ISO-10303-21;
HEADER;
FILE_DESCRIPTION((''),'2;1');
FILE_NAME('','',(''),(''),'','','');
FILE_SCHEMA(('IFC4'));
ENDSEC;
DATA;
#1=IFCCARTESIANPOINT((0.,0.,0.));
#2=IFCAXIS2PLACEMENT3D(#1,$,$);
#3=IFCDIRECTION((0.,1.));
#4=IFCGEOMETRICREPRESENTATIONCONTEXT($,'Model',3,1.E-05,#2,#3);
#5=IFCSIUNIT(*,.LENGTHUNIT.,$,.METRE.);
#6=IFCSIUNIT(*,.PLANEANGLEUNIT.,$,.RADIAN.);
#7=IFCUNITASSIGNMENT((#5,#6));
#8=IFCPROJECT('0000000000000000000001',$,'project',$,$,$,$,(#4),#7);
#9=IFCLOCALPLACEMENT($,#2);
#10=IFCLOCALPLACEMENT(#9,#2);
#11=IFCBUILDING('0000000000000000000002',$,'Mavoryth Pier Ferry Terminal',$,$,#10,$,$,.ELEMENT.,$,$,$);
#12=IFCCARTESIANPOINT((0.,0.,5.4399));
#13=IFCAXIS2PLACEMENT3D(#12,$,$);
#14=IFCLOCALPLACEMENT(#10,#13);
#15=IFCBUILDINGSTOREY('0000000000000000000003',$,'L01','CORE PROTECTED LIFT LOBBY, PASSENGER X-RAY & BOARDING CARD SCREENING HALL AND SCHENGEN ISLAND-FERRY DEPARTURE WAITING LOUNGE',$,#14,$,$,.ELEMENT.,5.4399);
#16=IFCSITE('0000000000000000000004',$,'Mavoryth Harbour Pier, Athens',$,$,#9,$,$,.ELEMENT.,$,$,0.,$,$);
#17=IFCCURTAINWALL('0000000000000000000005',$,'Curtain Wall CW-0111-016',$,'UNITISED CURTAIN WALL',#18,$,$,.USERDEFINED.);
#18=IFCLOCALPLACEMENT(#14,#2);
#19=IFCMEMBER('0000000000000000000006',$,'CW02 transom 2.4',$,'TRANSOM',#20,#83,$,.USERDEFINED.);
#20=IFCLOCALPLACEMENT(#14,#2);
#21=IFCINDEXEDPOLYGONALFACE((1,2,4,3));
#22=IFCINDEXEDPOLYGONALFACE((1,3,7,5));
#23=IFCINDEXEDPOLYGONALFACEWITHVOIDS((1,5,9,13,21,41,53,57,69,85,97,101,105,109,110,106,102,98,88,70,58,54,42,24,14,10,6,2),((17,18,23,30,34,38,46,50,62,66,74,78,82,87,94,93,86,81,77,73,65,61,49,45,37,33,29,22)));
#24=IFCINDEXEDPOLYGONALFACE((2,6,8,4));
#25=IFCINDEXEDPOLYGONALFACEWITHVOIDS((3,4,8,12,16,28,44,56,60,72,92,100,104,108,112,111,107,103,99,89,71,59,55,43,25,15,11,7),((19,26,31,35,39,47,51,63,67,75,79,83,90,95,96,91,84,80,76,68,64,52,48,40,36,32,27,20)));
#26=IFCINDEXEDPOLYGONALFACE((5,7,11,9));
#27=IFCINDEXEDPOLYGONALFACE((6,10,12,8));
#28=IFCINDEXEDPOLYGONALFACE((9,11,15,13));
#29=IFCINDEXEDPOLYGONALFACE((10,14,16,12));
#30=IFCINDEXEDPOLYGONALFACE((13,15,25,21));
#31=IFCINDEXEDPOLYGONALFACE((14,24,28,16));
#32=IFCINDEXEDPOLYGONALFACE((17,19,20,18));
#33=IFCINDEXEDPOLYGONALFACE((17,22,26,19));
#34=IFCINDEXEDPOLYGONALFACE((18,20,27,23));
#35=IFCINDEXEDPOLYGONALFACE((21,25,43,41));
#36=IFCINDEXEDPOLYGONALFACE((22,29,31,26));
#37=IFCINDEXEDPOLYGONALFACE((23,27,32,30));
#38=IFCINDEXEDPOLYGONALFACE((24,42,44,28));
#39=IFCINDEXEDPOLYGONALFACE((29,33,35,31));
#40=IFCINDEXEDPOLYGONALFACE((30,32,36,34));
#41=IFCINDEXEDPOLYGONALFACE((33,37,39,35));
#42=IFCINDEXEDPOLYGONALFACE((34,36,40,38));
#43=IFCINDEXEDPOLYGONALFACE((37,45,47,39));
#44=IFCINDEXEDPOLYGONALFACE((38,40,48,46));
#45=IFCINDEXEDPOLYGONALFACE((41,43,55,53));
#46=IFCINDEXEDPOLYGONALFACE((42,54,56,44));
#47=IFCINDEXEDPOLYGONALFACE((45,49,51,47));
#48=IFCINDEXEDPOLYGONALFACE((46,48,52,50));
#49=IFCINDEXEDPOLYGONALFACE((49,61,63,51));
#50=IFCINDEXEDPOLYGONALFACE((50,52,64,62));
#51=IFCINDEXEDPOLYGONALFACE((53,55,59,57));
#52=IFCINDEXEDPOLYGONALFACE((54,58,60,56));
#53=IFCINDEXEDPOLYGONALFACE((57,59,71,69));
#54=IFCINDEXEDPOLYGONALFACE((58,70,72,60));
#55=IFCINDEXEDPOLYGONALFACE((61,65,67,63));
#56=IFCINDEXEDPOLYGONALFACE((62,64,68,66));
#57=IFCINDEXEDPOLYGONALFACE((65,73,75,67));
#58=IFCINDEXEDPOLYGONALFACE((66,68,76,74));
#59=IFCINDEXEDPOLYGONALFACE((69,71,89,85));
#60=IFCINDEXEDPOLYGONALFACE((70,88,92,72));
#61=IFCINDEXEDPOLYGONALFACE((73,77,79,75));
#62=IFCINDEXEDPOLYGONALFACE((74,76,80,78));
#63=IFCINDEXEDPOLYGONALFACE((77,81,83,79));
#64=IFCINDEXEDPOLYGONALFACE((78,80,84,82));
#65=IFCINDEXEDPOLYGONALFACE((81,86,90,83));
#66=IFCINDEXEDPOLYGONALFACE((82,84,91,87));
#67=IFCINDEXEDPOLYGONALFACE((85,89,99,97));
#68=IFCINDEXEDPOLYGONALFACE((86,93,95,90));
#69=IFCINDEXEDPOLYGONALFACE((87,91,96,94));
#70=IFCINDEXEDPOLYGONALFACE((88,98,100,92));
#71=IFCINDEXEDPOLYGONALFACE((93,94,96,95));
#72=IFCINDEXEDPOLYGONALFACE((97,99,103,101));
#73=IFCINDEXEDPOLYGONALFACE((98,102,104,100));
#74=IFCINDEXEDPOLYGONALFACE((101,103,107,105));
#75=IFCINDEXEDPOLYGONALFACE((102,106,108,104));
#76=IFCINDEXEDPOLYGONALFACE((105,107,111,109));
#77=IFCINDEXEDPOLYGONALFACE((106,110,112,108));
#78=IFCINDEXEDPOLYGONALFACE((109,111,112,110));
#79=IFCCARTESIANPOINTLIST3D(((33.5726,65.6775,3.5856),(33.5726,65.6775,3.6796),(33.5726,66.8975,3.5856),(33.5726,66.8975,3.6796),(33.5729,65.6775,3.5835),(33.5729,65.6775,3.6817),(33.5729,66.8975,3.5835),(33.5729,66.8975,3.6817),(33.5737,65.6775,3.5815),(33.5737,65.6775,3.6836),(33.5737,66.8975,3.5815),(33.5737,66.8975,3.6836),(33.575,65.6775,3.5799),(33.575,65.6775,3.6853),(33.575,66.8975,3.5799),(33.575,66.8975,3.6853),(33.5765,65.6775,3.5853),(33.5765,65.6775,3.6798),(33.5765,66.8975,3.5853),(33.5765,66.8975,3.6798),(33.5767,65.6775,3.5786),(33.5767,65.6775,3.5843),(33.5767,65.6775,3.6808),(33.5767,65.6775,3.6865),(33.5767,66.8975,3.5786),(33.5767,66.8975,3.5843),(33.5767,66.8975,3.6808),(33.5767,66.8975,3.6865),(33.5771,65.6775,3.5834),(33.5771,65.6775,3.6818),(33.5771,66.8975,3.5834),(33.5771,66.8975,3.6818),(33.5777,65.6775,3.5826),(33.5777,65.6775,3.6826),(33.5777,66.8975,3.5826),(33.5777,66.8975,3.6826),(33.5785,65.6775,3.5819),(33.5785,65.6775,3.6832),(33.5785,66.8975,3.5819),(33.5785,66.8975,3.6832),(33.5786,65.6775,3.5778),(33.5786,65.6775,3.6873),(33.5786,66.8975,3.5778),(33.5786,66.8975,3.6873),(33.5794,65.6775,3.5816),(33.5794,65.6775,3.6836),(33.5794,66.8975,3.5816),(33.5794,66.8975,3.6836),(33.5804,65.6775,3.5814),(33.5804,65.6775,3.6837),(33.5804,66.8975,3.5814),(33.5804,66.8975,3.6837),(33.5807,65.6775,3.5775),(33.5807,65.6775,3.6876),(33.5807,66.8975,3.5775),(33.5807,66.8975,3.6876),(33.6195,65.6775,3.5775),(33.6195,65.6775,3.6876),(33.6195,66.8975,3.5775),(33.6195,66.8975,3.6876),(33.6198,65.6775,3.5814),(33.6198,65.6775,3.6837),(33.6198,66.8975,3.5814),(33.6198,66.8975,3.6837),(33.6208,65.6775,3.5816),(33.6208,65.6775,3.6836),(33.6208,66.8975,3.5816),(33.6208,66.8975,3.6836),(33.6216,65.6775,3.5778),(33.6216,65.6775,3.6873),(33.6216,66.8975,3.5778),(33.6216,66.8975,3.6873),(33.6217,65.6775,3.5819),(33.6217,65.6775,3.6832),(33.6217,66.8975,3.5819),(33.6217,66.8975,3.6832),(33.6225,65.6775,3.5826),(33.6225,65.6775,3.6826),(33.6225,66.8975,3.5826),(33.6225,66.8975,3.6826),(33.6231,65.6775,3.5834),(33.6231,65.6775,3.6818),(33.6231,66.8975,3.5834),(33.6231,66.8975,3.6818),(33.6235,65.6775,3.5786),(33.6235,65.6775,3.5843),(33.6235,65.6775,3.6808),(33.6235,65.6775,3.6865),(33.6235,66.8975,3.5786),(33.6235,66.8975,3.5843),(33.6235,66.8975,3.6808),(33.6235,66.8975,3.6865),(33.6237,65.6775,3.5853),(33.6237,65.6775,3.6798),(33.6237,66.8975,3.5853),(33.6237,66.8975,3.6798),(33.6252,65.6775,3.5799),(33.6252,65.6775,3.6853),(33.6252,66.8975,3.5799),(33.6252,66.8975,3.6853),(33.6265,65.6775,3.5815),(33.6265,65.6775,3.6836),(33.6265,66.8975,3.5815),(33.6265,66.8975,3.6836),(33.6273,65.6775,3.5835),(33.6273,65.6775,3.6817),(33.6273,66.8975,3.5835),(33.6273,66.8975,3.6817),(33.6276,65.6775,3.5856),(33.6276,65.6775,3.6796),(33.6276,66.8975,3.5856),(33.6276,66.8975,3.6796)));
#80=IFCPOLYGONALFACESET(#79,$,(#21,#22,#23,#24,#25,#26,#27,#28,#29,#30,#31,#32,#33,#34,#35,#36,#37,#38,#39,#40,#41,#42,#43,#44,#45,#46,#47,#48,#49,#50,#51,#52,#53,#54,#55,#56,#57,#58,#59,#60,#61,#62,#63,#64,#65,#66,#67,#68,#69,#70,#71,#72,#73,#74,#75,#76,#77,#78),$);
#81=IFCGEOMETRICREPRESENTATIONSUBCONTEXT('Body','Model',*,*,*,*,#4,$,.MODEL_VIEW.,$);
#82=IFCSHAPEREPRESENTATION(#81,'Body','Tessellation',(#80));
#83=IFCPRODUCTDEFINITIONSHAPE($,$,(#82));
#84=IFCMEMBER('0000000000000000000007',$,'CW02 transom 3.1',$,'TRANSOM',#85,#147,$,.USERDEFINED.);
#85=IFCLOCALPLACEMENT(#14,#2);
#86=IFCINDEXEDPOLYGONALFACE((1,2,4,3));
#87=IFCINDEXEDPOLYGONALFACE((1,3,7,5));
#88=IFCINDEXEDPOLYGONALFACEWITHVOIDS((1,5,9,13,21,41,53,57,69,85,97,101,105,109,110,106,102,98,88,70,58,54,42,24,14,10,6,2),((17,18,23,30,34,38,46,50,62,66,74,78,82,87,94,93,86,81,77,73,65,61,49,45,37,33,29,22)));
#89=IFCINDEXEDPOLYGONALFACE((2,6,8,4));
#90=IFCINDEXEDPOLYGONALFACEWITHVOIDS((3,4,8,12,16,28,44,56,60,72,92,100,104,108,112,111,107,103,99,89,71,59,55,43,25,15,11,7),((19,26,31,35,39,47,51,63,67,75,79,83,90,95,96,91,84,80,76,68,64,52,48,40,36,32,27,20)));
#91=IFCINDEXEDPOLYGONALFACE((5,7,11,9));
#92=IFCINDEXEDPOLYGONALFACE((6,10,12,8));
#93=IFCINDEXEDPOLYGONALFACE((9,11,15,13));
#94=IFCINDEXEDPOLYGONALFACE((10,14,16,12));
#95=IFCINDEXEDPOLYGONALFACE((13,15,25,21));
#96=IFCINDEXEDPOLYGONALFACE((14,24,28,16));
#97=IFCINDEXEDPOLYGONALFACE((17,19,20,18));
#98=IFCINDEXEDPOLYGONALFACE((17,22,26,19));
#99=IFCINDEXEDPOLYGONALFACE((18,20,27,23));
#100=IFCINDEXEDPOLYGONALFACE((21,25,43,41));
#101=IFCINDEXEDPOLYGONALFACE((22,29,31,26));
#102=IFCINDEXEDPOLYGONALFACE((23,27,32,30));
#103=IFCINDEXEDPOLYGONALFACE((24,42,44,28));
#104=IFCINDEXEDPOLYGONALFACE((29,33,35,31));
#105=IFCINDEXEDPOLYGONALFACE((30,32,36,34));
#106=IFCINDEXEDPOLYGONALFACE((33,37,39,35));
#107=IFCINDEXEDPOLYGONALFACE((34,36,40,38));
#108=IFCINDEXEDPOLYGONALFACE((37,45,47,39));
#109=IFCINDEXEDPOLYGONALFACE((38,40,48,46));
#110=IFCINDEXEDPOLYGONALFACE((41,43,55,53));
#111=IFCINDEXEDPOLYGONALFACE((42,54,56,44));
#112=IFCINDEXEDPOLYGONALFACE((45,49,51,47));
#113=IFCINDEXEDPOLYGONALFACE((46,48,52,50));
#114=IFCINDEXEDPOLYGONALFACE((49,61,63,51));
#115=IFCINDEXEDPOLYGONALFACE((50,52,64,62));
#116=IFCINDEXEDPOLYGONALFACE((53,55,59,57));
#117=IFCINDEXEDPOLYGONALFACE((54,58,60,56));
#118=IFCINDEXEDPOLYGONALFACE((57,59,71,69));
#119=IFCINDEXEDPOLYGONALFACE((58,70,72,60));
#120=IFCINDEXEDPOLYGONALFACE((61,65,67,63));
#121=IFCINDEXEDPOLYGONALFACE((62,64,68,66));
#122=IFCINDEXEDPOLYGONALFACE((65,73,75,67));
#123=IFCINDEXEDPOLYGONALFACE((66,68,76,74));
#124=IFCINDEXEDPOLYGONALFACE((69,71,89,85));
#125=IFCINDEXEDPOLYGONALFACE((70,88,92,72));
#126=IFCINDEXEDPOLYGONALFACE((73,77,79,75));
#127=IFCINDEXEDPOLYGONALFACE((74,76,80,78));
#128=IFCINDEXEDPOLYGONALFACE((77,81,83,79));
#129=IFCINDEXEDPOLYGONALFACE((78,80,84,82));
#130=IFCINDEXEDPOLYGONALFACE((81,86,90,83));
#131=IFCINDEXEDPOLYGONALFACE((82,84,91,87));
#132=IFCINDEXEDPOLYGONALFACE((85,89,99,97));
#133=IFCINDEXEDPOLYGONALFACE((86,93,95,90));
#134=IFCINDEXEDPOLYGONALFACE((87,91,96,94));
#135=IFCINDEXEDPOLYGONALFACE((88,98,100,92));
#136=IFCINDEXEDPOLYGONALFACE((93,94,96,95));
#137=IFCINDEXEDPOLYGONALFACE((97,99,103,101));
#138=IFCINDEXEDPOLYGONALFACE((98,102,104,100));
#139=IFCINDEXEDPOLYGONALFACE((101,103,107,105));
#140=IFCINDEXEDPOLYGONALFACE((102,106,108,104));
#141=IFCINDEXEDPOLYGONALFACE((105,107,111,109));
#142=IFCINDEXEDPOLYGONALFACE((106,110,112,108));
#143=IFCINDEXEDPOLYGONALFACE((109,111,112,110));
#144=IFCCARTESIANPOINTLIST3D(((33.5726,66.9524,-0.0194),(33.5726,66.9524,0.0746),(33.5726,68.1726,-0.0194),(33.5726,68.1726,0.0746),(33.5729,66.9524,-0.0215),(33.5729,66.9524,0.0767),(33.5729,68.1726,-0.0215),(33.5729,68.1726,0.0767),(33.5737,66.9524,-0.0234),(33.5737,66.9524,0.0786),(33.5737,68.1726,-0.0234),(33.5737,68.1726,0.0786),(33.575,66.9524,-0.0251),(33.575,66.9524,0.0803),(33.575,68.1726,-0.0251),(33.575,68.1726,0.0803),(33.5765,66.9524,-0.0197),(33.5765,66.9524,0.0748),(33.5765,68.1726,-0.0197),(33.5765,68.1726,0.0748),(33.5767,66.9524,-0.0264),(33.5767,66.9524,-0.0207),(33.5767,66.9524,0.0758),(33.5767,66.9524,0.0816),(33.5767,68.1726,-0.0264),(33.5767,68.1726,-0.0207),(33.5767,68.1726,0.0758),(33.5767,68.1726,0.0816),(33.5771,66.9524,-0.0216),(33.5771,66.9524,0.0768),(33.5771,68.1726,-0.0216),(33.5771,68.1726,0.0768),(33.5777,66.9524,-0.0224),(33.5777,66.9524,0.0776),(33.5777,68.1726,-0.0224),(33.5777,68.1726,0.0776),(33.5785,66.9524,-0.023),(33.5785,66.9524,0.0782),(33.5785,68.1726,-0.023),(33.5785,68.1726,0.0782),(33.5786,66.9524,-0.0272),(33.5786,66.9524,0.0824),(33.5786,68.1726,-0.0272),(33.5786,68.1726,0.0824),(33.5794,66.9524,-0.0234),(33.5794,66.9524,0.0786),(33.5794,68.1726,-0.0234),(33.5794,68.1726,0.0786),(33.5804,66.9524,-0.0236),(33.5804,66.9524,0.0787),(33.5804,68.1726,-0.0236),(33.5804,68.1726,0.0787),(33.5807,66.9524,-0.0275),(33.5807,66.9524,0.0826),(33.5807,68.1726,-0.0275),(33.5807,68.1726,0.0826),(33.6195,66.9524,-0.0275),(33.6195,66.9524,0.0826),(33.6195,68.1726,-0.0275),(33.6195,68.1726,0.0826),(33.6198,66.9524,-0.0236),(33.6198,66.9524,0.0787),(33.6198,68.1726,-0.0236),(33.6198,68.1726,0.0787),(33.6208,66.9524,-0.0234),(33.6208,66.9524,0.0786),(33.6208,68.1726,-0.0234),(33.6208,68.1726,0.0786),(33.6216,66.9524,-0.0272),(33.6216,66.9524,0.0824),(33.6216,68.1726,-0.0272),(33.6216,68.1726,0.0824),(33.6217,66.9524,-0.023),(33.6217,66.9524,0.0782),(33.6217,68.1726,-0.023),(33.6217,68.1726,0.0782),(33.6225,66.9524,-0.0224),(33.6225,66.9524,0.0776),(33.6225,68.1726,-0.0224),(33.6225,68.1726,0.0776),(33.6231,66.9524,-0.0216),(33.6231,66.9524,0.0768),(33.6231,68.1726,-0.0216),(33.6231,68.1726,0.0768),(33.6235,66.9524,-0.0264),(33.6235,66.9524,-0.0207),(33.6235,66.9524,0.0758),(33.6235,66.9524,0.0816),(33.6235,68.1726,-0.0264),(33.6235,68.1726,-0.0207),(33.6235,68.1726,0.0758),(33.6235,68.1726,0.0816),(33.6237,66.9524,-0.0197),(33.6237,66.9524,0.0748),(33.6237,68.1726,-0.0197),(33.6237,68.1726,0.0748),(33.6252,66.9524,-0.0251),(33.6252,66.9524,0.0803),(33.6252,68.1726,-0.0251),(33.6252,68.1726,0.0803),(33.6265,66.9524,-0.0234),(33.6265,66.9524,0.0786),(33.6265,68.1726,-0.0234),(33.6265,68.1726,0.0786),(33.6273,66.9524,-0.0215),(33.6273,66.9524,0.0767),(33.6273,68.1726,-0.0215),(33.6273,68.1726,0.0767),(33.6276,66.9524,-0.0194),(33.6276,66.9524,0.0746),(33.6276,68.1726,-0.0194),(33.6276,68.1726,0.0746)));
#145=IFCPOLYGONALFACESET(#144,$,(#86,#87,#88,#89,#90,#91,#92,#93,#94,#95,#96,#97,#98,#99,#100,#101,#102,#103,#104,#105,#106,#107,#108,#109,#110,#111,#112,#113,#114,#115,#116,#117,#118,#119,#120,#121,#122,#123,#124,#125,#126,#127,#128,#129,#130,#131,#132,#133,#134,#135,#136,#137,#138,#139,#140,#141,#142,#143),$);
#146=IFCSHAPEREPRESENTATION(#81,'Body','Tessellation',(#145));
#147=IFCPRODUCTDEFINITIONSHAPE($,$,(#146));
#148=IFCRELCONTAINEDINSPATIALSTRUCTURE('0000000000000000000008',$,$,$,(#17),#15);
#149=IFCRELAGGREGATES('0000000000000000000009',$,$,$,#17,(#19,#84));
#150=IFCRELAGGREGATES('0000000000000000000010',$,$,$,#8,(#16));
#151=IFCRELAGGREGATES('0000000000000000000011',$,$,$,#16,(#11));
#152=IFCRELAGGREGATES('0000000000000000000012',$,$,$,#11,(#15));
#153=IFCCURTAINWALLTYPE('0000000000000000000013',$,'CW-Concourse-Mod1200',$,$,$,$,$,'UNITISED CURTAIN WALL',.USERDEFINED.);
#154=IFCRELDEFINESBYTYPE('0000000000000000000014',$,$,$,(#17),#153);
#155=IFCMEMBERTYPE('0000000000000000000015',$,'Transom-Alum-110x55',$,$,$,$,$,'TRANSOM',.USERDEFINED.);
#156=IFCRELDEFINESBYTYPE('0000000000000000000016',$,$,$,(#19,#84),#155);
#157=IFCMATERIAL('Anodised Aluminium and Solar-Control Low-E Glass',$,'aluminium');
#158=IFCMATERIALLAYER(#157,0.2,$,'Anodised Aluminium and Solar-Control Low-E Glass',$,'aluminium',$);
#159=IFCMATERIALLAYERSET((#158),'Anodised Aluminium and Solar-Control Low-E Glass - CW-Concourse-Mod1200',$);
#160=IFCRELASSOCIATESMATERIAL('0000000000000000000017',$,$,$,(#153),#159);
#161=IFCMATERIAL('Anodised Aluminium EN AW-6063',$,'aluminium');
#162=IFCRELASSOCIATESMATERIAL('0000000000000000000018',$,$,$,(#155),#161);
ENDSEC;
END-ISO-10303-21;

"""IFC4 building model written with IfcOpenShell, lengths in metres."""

from ifc_helpers import new_model, si_unit, direction, frame, origin, origin_2d, place, context, subcontext, project, spatial, hollow_rectangle, extrude, material, layer, layer_set, material_profile, profile_set, type_object, element, aggregate, save


model = new_model("IFC4")

# Units and contexts
model_context = context("Model", 3, precision=1e-05, world=origin(), true_north=direction((0.0, 1.0)))
body_context = subcontext(model_context, "Body", "Model", "MODEL_VIEW")
ifc_project = project(units=[si_unit("LENGTHUNIT", "METRE"), si_unit("PLANEANGLEUNIT", "RADIAN")], contexts=[model_context])

# Site, building, storey
site_placement = place(None, origin())
site = spatial("IfcSite", under=ifc_project, at=site_placement, Name="Mavoryth Harbour Pier, Athens", CompositionType="ELEMENT", RefElevation=0.0)
building_placement = place(site_placement, origin())
building = spatial("IfcBuilding", under=site, at=building_placement, Name="Mavoryth Pier Ferry Terminal", CompositionType="ELEMENT")
storey_placement = place(building_placement, frame((0.0, 0.0, 5.4399)))
storey = spatial("IfcBuildingStorey", under=building, at=storey_placement, Name="L01", Description="CORE PROTECTED LIFT LOBBY, PASSENGER X-RAY & BOARDING CARD SCREENING HALL AND SCHENGEN ISLAND-FERRY DEPARTURE WAITING LOUNGE", CompositionType="ELEMENT", Elevation=5.4399)

# Curtain wall
ifc_material_1 = material(Name="Anodised Aluminium and Solar-Control Low-E Glass", Category="aluminium")
ifc_layer_1 = layer(ifc_material_1, 0.2, Name="Anodised Aluminium and Solar-Control Low-E Glass", Category="aluminium")
ifc_layer_set_1 = layer_set([ifc_layer_1], Name="Anodised Aluminium and Solar-Control Low-E Glass - CW-Concourse-Mod1200")
curtain_wall_type = type_object("IfcCurtainWallType", Name="CW-Concourse-Mod1200", ElementType="UNITISED CURTAIN WALL", PredefinedType="USERDEFINED", material=ifc_layer_set_1)
ifc_material_2 = material(Name="Anodised Aluminium EN AW-6063", Category="aluminium")
curtain_wall_1_placement = place(storey_placement, origin())
curtain_wall_1 = element("IfcCurtainWall", 1, at=curtain_wall_1_placement, inside=storey, type_object=curtain_wall_type, Name="Curtain Wall CW-0111-016", ObjectType="UNITISED CURTAIN WALL", PredefinedType="USERDEFINED")

# Members
ifc_material_profile_1 = material_profile(ifc_material_2, hollow_rectangle(XDim=0.0549, YDim=0.1101, WallThickness=0.0039, InnerFilletRadius=0.0039, OuterFilletRadius=0.0081, at=origin_2d()), Name="AL-TRAN 110x55x4", Category="aluminium")
ifc_profile_set_1 = profile_set([ifc_material_profile_1], Name="Anodised Aluminium EN AW-6063 - AL-TRAN 110x55x4")
member_type_1 = type_object("IfcMemberType", Name="Transom-Alum-110x55", ElementType="TRANSOM", PredefinedType="USERDEFINED", material=ifc_profile_set_1)
member_1_placement = place(storey_placement, frame((33.6001, 65.6775, 3.6326), z_axis=(0.0, 1.0, 0.0), x_axis=(-1.0, 0.0, 0.0)))
member_1 = element("IfcMember", 2, at=member_1_placement, type_object=member_type_1, Name="CW02 transom 2.4", ObjectType="TRANSOM", PredefinedType="USERDEFINED", context=body_context, shape_type="SweptSolid", body=[
    extrude(hollow_rectangle(XDim=0.0549, YDim=0.1101, WallThickness=0.0039, InnerFilletRadius=0.0039, OuterFilletRadius=0.0081, at=origin_2d()), origin(), (0.0, 0.0, 1.0), 1.22),
])
member_2_placement = place(storey_placement, frame((33.6001, 66.9524, 0.0276), z_axis=(0.0, 1.0, 0.0), x_axis=(-1.0, 0.0, 0.0)))
member_2 = element("IfcMember", 3, at=member_2_placement, type_object=member_type_1, Name="CW02 transom 3.1", ObjectType="TRANSOM", PredefinedType="USERDEFINED", context=body_context, shape_type="SweptSolid", body=[
    extrude(hollow_rectangle(XDim=0.0549, YDim=0.1101, WallThickness=0.0039, InnerFilletRadius=0.0039, OuterFilletRadius=0.0081, at=origin_2d()), origin(), (0.0, 0.0, 1.0), 1.2202),
])

aggregate(curtain_wall_1, [member_1, member_2])

save(model, "model.ifc")
